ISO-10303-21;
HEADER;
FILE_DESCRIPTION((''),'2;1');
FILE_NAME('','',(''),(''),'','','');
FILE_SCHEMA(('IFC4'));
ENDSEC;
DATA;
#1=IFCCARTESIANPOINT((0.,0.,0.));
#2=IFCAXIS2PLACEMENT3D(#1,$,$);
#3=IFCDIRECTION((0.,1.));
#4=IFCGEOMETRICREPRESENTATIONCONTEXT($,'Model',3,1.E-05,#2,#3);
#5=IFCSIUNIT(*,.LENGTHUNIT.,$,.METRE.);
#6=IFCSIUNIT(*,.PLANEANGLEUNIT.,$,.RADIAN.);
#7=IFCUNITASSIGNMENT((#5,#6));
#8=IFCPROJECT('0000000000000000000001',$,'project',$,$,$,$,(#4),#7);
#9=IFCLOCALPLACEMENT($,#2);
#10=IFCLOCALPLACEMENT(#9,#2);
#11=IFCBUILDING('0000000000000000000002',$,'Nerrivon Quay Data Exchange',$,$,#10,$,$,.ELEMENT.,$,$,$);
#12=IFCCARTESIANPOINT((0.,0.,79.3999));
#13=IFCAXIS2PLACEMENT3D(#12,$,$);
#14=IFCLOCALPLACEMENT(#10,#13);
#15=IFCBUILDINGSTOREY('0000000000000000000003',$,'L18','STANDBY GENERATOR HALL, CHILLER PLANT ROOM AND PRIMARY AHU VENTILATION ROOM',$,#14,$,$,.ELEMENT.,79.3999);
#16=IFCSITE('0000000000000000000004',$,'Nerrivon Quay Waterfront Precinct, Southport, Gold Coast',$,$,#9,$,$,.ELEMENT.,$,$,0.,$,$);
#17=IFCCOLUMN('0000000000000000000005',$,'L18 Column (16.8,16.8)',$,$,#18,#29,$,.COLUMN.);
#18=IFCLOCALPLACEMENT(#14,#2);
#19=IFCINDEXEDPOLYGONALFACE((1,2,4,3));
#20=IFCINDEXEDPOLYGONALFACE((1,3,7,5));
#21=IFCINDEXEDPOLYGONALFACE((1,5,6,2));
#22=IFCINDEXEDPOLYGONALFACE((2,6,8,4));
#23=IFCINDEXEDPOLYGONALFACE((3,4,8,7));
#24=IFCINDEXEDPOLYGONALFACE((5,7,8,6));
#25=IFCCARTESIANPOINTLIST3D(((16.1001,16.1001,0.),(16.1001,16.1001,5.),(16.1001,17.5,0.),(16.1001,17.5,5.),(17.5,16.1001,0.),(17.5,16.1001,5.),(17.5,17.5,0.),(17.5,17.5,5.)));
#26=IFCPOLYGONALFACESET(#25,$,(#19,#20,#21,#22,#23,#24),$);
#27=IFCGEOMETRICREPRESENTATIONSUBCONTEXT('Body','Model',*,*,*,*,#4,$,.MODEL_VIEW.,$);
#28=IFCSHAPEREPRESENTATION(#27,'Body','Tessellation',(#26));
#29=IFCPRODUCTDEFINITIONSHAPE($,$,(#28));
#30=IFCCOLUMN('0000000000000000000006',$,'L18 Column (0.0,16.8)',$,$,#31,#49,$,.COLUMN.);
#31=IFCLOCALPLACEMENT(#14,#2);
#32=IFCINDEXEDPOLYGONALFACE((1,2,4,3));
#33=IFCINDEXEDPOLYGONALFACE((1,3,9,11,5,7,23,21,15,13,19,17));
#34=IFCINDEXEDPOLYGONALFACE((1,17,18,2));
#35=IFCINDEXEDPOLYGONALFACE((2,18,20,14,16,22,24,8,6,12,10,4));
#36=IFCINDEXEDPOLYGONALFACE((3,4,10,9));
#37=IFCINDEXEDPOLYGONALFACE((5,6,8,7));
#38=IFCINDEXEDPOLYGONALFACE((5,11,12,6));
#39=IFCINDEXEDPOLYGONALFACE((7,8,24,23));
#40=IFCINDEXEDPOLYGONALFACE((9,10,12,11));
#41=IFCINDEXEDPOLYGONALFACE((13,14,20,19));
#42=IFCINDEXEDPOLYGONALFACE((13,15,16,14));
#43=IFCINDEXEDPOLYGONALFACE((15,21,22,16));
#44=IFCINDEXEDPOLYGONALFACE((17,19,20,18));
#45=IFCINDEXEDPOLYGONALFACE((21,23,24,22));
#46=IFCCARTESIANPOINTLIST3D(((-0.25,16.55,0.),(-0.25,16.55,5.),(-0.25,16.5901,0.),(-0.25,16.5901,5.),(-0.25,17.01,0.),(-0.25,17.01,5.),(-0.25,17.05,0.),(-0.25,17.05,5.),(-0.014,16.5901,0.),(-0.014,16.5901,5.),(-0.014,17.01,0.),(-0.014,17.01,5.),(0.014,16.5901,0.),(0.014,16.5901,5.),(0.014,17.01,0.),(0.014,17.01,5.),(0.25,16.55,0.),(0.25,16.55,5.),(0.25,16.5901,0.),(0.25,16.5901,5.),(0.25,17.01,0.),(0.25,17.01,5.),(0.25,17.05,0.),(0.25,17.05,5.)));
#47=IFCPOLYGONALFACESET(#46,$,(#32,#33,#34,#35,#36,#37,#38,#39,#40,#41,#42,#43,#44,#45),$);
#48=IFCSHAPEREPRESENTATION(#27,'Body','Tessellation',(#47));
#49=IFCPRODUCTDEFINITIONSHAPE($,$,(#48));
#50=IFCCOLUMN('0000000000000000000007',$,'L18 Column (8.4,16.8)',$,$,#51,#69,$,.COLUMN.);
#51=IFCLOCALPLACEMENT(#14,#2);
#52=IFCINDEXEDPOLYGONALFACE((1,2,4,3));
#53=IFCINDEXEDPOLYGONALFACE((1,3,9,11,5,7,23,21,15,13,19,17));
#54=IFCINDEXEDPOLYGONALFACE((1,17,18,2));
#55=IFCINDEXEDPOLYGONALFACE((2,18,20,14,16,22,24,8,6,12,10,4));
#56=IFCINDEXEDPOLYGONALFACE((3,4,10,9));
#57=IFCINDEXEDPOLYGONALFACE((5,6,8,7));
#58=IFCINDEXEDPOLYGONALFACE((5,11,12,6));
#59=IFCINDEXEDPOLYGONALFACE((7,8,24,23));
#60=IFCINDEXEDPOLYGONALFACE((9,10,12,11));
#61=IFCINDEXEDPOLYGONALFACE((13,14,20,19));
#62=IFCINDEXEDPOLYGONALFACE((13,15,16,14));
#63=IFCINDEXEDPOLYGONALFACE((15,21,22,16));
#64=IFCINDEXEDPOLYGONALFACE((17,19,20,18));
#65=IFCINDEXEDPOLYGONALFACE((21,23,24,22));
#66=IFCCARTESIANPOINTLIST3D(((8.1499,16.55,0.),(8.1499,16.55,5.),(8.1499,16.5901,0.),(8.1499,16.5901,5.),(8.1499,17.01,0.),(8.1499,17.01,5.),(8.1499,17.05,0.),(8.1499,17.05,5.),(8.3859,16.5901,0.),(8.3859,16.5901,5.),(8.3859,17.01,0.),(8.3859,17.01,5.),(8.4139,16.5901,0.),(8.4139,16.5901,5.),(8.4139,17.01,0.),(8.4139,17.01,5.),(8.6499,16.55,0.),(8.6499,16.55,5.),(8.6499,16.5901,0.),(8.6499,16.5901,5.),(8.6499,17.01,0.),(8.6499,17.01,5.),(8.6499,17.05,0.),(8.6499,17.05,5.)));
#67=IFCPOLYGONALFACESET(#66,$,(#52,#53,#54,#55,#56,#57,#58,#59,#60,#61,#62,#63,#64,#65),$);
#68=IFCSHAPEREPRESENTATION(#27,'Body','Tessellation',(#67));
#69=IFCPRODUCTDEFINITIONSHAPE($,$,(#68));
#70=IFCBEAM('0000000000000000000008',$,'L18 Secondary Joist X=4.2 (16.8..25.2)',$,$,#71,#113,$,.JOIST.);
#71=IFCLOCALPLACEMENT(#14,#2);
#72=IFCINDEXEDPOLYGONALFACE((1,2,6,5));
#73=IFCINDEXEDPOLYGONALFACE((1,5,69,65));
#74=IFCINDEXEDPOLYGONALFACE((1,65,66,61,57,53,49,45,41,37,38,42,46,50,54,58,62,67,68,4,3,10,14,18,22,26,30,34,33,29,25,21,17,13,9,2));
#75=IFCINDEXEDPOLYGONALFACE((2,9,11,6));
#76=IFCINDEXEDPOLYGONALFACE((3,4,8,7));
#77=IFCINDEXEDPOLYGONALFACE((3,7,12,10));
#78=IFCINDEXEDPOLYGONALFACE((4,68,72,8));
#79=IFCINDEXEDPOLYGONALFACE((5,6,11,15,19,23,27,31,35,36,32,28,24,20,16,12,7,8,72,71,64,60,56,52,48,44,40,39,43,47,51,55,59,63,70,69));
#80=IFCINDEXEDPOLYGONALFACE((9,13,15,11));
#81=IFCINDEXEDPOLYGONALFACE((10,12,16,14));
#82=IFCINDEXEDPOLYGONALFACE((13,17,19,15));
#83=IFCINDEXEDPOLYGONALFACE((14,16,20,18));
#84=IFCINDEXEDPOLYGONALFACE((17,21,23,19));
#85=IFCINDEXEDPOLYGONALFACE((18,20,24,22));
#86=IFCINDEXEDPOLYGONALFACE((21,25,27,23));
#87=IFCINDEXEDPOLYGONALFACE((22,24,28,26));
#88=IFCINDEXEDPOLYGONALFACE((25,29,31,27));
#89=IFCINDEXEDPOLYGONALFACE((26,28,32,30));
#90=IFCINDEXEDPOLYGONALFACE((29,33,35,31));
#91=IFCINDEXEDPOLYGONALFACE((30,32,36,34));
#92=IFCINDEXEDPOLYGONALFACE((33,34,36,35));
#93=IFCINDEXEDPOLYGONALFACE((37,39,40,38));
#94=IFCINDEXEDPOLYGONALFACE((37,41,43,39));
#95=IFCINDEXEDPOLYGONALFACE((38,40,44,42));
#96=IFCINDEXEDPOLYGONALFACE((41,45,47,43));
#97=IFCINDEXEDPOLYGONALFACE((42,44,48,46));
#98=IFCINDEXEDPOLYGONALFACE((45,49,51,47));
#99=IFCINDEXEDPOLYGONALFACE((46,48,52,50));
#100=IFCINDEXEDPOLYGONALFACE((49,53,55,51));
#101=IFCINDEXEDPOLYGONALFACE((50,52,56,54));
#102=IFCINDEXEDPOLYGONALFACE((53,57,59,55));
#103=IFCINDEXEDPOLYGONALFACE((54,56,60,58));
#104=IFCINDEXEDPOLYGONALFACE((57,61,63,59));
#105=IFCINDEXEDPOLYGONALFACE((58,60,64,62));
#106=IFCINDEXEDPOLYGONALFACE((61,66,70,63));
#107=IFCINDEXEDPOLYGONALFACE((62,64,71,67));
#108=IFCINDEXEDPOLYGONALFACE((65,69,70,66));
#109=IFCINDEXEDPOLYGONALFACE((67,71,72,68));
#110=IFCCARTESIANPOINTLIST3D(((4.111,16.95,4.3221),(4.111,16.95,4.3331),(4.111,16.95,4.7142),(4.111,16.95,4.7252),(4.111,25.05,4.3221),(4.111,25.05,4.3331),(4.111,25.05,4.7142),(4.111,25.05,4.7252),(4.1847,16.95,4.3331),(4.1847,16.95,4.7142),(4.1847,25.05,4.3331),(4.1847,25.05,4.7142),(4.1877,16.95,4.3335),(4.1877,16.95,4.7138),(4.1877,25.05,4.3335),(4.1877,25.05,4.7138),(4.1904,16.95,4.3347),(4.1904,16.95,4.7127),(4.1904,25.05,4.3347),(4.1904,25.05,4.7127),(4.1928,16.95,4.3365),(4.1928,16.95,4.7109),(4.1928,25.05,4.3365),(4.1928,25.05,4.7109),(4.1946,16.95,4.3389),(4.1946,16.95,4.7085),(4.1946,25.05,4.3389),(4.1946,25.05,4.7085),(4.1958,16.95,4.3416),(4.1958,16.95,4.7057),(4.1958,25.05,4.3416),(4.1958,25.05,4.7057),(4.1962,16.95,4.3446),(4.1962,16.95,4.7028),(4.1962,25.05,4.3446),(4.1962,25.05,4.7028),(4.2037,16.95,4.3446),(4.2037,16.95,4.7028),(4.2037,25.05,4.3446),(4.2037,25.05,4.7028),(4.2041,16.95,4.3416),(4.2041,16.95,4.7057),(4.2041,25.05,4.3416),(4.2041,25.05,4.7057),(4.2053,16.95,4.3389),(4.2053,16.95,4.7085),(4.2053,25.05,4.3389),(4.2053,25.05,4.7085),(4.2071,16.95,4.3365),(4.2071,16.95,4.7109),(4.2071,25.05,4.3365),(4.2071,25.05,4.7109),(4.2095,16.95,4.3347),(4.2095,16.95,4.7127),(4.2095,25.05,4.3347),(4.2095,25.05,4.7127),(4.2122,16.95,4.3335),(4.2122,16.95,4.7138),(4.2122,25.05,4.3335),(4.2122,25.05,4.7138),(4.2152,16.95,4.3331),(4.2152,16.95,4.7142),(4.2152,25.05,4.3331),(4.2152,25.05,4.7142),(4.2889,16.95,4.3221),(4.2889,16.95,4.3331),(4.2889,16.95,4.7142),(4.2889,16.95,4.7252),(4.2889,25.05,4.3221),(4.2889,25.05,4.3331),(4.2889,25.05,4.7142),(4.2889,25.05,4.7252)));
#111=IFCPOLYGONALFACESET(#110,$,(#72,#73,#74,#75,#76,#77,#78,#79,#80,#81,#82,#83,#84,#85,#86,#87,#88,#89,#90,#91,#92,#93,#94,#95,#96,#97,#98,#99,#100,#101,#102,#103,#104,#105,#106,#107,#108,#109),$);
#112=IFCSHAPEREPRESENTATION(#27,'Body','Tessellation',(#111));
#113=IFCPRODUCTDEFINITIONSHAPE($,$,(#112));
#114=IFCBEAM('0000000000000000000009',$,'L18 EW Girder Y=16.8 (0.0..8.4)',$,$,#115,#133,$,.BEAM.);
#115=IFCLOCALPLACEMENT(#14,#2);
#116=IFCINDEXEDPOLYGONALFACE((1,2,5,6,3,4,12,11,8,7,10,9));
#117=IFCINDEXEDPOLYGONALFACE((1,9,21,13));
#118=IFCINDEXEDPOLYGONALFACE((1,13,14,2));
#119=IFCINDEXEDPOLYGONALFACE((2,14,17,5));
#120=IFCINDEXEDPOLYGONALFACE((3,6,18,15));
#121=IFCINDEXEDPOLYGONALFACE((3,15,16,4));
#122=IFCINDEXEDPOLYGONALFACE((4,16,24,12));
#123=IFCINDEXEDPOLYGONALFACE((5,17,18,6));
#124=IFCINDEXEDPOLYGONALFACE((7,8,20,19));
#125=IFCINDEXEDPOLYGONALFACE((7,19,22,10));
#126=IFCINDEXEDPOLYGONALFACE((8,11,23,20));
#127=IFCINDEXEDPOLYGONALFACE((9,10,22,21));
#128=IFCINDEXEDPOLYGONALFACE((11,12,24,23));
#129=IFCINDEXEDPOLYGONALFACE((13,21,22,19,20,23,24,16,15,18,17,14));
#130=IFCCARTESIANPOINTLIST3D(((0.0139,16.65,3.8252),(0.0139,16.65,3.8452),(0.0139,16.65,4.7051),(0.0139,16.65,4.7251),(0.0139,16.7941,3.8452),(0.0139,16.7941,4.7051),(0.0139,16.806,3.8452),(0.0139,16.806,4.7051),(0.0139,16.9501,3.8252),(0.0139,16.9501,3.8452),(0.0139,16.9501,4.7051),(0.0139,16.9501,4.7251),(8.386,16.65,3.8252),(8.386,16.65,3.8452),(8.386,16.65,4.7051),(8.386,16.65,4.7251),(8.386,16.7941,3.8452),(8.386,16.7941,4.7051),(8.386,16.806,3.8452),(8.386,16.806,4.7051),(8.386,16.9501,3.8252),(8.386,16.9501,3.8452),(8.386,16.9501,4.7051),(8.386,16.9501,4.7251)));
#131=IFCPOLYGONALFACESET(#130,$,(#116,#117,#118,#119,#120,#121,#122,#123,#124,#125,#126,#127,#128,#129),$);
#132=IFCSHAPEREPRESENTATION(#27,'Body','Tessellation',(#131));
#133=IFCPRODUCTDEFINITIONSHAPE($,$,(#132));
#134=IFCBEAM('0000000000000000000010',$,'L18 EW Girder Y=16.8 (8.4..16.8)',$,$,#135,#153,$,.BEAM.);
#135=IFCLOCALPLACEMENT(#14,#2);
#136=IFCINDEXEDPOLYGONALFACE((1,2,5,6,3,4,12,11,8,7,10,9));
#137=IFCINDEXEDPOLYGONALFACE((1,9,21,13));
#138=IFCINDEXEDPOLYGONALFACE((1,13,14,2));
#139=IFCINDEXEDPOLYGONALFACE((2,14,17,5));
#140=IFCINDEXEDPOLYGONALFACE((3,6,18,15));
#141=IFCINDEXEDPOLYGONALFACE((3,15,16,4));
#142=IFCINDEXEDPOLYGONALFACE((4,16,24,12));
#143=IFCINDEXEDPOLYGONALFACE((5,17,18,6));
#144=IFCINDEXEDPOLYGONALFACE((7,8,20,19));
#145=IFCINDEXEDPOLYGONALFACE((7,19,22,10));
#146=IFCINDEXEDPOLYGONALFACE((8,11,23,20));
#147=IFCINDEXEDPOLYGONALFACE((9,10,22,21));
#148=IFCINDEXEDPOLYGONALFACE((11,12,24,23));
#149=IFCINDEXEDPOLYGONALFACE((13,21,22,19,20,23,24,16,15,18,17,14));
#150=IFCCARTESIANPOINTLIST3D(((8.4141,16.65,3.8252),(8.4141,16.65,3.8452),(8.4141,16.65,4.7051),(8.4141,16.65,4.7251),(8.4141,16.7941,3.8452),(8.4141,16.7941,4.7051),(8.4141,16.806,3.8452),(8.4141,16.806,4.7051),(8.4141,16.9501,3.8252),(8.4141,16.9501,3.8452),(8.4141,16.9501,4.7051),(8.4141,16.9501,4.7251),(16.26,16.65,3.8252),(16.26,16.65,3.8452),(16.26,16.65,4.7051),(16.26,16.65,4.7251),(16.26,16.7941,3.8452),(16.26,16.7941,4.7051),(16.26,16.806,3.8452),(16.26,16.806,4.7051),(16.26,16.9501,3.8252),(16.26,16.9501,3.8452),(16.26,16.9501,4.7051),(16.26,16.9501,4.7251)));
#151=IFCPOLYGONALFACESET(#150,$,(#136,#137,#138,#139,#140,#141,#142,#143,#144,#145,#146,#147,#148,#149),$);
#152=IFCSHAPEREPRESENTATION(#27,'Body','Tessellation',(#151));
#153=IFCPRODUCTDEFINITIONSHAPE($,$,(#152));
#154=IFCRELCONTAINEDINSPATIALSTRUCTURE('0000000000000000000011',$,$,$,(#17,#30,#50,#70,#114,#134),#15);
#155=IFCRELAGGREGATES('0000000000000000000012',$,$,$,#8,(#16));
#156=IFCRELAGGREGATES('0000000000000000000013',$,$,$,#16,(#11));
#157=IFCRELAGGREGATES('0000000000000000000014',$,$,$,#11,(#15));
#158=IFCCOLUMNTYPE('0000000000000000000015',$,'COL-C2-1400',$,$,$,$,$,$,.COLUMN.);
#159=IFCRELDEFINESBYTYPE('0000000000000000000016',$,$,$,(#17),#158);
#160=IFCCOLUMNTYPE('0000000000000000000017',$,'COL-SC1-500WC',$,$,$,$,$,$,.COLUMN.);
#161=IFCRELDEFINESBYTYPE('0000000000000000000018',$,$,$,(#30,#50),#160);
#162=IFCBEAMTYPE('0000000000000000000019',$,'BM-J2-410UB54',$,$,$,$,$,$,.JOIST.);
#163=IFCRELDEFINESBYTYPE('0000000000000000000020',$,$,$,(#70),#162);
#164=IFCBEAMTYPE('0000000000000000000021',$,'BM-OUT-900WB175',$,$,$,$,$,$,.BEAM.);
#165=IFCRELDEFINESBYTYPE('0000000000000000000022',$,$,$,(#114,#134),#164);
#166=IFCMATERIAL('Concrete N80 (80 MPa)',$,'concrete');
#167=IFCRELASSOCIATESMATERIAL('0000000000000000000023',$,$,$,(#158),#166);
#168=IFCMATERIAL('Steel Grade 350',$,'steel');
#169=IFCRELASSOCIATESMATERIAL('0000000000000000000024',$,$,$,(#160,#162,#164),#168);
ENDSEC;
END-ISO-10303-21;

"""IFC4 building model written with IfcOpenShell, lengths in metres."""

from ifc_helpers import new_model, si_unit, direction, frame, origin, origin_2d, place, context, subcontext, project, spatial, rectangle, i_section, extrude, material, material_profile, profile_set, type_object, element, save


model = new_model("IFC4")

# Units and contexts
model_context = context("Model", 3, precision=1e-05, world=origin(), true_north=direction((0.0, 1.0)))
body_context = subcontext(model_context, "Body", "Model", "MODEL_VIEW")
ifc_project = project(units=[si_unit("LENGTHUNIT", "METRE"), si_unit("PLANEANGLEUNIT", "RADIAN")], contexts=[model_context])

# Site, building, storey
site_placement = place(None, origin())
site = spatial("IfcSite", under=ifc_project, at=site_placement, Name="Nerrivon Quay Waterfront Precinct, Southport, Gold Coast", CompositionType="ELEMENT", RefElevation=0.0)
building_placement = place(site_placement, origin())
building = spatial("IfcBuilding", under=site, at=building_placement, Name="Nerrivon Quay Data Exchange", CompositionType="ELEMENT")
storey_placement = place(building_placement, frame((0.0, 0.0, 79.3999)))
storey = spatial("IfcBuildingStorey", under=building, at=storey_placement, Name="L18", Description="STANDBY GENERATOR HALL, CHILLER PLANT ROOM AND PRIMARY AHU VENTILATION ROOM", CompositionType="ELEMENT", Elevation=79.3999)

# Columns
ifc_material_1 = material(Name="Concrete N80 (80 MPa)", Category="concrete")
ifc_material_profile_1 = material_profile(ifc_material_1, rectangle(XDim=1.3999, YDim=1.3999, at=origin_2d()), Name="RC-COL-1400x1400")
ifc_profile_set_1 = profile_set([ifc_material_profile_1], Name="Concrete N80 (80 MPa)")
column_type_1 = type_object("IfcColumnType", Name="COL-C2-1400", PredefinedType="COLUMN", material=ifc_profile_set_1)
column_placement = place(storey_placement, frame((16.8, 16.8, 0.0), z_axis=(0.0, 0.0, 1.0), x_axis=(1.0, 0.0, 0.0)))
element("IfcColumn", 1, at=column_placement, inside=storey, type_object=column_type_1, Name="L18 Column (16.8,16.8)", PredefinedType="COLUMN", context=body_context, shape_type="SweptSolid", body=[
    extrude(rectangle(XDim=1.3999, YDim=1.3999, at=origin_2d()), origin(), (0.0, 0.0, 1.0), 5.0),
])
ifc_material_2 = material(Name="Steel Grade 350", Category="steel")
ifc_material_profile_2 = material_profile(ifc_material_2, i_section(OverallWidth=0.5, OverallDepth=0.5, WebThickness=0.0281, FlangeThickness=0.04, at=origin_2d()), Name="500WC440")
ifc_profile_set_2 = profile_set([ifc_material_profile_2], Name="Steel Grade 350")
column_type_2 = type_object("IfcColumnType", Name="COL-SC1-500WC", PredefinedType="COLUMN", material=ifc_profile_set_2)
for number, where, z_axis, x_axis, name in (
    (2, (0.0, 16.8, 0.0), (0.0, 0.0, 1.0), (1.0, 0.0, 0.0), "L18 Column (0.0,16.8)"),
    (3, (8.3999, 16.8, 0.0), (0.0, 0.0, 1.0), (1.0, 0.0, 0.0), "L18 Column (8.4,16.8)"),
):
    element("IfcColumn", number, at=place(storey_placement, frame(where, z_axis=z_axis, x_axis=x_axis)), inside=storey, type_object=column_type_2, Name=name, PredefinedType="COLUMN", context=body_context, shape_type="SweptSolid", body=[
        extrude(i_section(OverallWidth=0.5, OverallDepth=0.5, WebThickness=0.0281, FlangeThickness=0.04, at=origin_2d()), origin(), (0.0, 0.0, 1.0), 5.0),
    ])

# Beams
ifc_material_profile_3 = material_profile(ifc_material_2, i_section(OverallWidth=0.178, OverallDepth=0.4031, WebThickness=0.0076, FlangeThickness=0.011, FilletRadius=0.0115, at=origin_2d()), Name="410UB53.7")
ifc_profile_set_3 = profile_set([ifc_material_profile_3], Name="Steel Grade 350")
beam_type_1 = type_object("IfcBeamType", Name="BM-J2-410UB54", PredefinedType="JOIST", material=ifc_profile_set_3)
beam_1_placement = place(storey_placement, frame((4.2, 16.95, 4.5237), z_axis=(0.0, 1.0, 0.0), x_axis=(-1.0, 0.0, 0.0)))
element("IfcBeam", 4, at=beam_1_placement, inside=storey, type_object=beam_type_1, Name="L18 Secondary Joist X=4.2 (16.8..25.2)", PredefinedType="JOIST", context=body_context, shape_type="SweptSolid", body=[
    extrude(i_section(OverallWidth=0.178, OverallDepth=0.4031, WebThickness=0.0076, FlangeThickness=0.011, FilletRadius=0.0115, at=origin_2d()), origin(), (0.0, 0.0, 1.0), 8.1001),
])
ifc_material_profile_4 = material_profile(ifc_material_2, i_section(OverallWidth=0.3, OverallDepth=0.8999, WebThickness=0.012, FlangeThickness=0.02, at=origin_2d()), Name="900WB175")
ifc_profile_set_4 = profile_set([ifc_material_profile_4], Name="Steel Grade 350")
beam_type_2 = type_object("IfcBeamType", Name="BM-OUT-900WB175", PredefinedType="BEAM", material=ifc_profile_set_4)
beam_2_placement = place(storey_placement, frame((0.0139, 16.8, 4.2751), z_axis=(1.0, 0.0, 0.0), x_axis=(0.0, 1.0, 0.0)))
element("IfcBeam", 5, at=beam_2_placement, inside=storey, type_object=beam_type_2, Name="L18 EW Girder Y=16.8 (0.0..8.4)", PredefinedType="BEAM", context=body_context, shape_type="SweptSolid", body=[
    extrude(i_section(OverallWidth=0.3, OverallDepth=0.8999, WebThickness=0.012, FlangeThickness=0.02, at=origin_2d()), origin(), (0.0, 0.0, 1.0), 8.3721),
])
beam_3_placement = place(storey_placement, frame((8.4141, 16.8, 4.2751), z_axis=(1.0, 0.0, 0.0), x_axis=(0.0, 1.0, 0.0)))
element("IfcBeam", 6, at=beam_3_placement, inside=storey, type_object=beam_type_2, Name="L18 EW Girder Y=16.8 (8.4..16.8)", PredefinedType="BEAM", context=body_context, shape_type="SweptSolid", body=[
    extrude(i_section(OverallWidth=0.3, OverallDepth=0.8999, WebThickness=0.012, FlangeThickness=0.02, at=origin_2d()), origin(), (0.0, 0.0, 1.0), 7.8459),
])

save(model, "model.ifc")
